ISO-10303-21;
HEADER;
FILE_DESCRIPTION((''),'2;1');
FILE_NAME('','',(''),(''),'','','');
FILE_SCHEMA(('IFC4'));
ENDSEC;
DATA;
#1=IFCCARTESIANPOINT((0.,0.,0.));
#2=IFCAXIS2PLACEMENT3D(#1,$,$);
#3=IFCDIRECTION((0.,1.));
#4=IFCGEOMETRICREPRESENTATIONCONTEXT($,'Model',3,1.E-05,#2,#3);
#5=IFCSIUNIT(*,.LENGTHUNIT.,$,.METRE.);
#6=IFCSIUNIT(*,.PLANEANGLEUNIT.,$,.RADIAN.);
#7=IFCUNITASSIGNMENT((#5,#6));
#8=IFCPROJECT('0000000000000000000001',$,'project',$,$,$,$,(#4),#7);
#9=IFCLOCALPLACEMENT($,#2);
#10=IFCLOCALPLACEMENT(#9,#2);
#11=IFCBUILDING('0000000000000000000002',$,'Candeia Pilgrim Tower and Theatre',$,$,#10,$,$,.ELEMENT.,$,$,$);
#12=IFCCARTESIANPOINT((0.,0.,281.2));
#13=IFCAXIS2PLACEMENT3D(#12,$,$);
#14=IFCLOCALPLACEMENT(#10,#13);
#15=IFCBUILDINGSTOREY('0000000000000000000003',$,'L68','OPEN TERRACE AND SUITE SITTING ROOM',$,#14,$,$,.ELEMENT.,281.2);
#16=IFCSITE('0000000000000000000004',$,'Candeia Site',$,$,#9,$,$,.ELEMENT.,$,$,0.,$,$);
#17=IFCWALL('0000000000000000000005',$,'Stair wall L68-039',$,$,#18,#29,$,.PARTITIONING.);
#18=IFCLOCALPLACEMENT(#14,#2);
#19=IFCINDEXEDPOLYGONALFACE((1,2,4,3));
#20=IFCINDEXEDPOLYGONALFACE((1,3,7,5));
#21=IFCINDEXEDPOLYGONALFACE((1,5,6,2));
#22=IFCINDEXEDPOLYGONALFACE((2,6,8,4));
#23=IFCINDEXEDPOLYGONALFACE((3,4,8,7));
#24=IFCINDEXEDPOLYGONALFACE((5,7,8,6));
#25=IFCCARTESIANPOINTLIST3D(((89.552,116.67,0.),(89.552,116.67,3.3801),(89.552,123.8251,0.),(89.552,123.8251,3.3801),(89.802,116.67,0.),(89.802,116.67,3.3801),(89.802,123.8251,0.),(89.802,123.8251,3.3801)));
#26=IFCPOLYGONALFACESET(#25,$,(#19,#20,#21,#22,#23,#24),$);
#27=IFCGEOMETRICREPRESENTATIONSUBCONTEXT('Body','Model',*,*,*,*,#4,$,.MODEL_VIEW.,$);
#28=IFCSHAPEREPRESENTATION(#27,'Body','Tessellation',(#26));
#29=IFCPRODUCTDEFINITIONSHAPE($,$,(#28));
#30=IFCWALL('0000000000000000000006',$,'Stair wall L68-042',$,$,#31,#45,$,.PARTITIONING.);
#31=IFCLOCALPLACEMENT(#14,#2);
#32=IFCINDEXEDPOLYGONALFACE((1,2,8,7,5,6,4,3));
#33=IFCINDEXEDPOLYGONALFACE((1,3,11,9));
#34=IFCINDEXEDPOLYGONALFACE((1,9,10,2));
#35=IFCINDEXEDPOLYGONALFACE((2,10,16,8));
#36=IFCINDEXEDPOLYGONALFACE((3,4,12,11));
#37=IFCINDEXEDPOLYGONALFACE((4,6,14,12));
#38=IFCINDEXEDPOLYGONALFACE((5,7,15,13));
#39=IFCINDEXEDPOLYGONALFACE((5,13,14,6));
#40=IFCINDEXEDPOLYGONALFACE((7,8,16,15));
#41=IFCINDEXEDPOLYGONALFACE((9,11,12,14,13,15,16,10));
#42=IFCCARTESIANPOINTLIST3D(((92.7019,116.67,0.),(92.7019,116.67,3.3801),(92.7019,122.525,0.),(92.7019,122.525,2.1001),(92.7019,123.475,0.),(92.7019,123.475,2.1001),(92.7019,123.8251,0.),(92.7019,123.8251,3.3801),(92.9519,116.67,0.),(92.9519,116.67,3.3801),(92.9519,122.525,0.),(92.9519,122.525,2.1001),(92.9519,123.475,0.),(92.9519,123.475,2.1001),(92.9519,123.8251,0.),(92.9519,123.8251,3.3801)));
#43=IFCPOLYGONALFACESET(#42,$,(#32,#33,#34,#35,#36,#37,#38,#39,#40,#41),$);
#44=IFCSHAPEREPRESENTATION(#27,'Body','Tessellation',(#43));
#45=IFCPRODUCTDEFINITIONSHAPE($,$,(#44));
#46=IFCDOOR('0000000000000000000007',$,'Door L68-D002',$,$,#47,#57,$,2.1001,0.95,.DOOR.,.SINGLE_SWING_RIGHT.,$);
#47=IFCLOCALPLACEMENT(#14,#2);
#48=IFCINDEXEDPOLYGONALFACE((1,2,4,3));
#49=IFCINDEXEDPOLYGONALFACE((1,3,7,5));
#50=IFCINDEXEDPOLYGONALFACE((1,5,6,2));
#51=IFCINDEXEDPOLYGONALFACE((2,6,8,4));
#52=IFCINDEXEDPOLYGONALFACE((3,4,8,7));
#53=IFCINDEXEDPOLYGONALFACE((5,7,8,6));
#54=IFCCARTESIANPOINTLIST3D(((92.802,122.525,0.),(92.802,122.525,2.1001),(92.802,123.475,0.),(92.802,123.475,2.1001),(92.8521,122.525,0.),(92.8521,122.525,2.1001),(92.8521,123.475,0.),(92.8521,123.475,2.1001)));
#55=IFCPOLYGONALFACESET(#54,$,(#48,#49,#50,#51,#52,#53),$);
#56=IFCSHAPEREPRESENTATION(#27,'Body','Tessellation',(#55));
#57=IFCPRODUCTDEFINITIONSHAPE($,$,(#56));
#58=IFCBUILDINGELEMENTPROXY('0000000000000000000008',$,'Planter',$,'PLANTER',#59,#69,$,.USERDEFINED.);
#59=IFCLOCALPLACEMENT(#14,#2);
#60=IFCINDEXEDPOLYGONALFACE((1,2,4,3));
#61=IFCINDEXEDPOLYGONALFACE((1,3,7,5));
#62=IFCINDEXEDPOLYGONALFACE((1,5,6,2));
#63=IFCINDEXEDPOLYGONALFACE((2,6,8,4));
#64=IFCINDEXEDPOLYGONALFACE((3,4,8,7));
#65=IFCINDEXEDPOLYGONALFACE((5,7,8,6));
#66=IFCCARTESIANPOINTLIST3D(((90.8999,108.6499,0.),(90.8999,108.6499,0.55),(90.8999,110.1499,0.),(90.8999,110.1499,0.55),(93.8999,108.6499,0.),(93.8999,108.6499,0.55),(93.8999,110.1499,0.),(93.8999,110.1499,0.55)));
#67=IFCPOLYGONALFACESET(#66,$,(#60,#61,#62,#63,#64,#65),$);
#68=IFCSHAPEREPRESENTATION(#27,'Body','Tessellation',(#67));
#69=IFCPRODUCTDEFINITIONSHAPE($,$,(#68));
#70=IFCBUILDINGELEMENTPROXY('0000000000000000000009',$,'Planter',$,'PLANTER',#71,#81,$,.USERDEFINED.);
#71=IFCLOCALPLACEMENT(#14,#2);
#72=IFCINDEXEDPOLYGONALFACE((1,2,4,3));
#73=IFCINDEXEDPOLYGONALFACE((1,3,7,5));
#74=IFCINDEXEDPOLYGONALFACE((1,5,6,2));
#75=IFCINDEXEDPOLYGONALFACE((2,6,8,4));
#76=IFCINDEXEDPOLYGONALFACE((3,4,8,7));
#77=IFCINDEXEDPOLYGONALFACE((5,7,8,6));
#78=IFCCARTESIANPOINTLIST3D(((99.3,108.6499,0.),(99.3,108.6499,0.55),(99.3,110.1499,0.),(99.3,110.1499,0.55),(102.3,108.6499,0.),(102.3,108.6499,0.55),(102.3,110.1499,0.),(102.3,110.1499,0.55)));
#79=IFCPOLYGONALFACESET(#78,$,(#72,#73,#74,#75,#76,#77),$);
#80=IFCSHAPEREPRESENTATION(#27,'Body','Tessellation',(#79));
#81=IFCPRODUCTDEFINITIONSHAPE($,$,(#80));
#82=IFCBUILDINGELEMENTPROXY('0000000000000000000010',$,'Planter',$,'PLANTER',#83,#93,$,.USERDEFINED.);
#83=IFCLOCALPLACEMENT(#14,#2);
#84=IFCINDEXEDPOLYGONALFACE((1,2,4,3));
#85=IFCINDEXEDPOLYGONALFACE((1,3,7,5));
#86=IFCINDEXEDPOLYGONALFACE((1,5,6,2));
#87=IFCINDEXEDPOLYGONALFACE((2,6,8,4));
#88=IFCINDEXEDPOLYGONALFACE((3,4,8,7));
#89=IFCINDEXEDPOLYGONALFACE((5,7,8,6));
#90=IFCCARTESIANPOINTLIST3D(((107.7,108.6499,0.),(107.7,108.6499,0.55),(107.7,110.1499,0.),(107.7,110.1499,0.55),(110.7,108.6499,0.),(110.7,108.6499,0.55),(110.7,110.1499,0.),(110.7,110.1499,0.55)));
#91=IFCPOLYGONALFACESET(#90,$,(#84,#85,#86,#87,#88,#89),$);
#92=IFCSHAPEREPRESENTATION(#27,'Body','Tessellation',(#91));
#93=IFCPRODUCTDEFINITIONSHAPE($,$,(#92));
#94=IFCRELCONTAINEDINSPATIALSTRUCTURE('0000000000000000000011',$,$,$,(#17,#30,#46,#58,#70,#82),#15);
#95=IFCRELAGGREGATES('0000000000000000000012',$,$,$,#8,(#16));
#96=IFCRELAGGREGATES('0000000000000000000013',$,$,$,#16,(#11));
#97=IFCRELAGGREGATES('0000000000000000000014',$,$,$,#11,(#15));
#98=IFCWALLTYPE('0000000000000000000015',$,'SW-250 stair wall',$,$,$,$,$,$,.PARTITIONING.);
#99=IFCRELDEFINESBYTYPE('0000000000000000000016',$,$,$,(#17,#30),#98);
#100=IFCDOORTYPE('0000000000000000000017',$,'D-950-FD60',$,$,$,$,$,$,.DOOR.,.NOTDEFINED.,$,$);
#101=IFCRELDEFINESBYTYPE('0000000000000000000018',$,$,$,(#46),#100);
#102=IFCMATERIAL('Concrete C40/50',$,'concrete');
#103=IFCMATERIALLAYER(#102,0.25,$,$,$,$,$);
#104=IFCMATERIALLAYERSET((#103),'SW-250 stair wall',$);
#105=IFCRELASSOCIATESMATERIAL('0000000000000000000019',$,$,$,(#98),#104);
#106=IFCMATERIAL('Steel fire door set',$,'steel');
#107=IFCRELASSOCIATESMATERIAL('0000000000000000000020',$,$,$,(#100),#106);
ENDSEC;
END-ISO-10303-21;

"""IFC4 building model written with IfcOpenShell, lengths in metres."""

from ifc_helpers import new_model, si_unit, direction, frame, frame_2d, origin, origin_2d, place, context, subcontext, project, spatial, rectangle, extrude, material, layer, layer_set, type_object, element, fill, save


model = new_model("IFC4")

# Units and contexts
model_context = context("Model", 3, precision=1e-05, world=origin(), true_north=direction((0.0, 1.0)))
body_context = subcontext(model_context, "Body", "Model", "MODEL_VIEW")
ifc_project = project(units=[si_unit("LENGTHUNIT", "METRE"), si_unit("PLANEANGLEUNIT", "RADIAN")], contexts=[model_context])

# Site, building, storey
site_placement = place(None, origin())
site = spatial("IfcSite", under=ifc_project, at=site_placement, Name="Candeia Site", CompositionType="ELEMENT", RefElevation=0.0)
building_placement = place(site_placement, origin())
building = spatial("IfcBuilding", under=site, at=building_placement, Name="Candeia Pilgrim Tower and Theatre", CompositionType="ELEMENT")
storey_placement = place(building_placement, frame((0.0, 0.0, 281.2)))
storey = spatial("IfcBuildingStorey", under=building, at=storey_placement, Name="L68", Description="OPEN TERRACE AND SUITE SITTING ROOM", CompositionType="ELEMENT", Elevation=281.2)

# Shared definitions
ifc_material_1 = material(Name="Concrete C40/50", Category="concrete")

# Wall
ifc_layer_1 = layer(ifc_material_1, 0.25)
ifc_layer_set_1 = layer_set([ifc_layer_1], Name="SW-250 stair wall")
wall_type_1 = type_object("IfcWallType", Name="SW-250 stair wall", PredefinedType="PARTITIONING", material=ifc_layer_set_1)
wall_1_placement = place(storey_placement, frame((89.677, 116.6699, 0.0), z_axis=(0.0, 0.0, 1.0), x_axis=(0.0, 1.0, 0.0)))
element("IfcWall", 1, at=wall_1_placement, inside=storey, type_object=wall_type_1, Name="Stair wall L68-039", PredefinedType="PARTITIONING", context=body_context, shape_type="SweptSolid", body=[
    extrude(rectangle(XDim=7.155, YDim=0.25, at=frame_2d((3.5776, 0.0))), origin(), (0.0, 0.0, 1.0), 3.3801),
])

# Wall, opening, door
wall_2_placement = place(storey_placement, frame((92.8269, 116.6699, 0.0), z_axis=(0.0, 0.0, 1.0), x_axis=(0.0, 1.0, 0.0)))
wall_2 = element("IfcWall", 2, at=wall_2_placement, inside=storey, type_object=wall_type_1, Name="Stair wall L68-042", PredefinedType="PARTITIONING", context=body_context, shape_type="SweptSolid", body=[
    extrude(rectangle(XDim=7.155, YDim=0.25, at=frame_2d((3.5776, 0.0))), origin(), (0.0, 0.0, 1.0), 3.3801),
])
opening_placement = place(wall_2_placement, frame((5.855, 0.0, 0.0)))
opening = element("IfcOpeningElement", 3, at=opening_placement, cuts=wall_2, PredefinedType="OPENING", context=body_context, shape_type="SweptSolid", body=[
    extrude(rectangle(XDim=0.95, YDim=2.1001, at=frame_2d((0.4751, 1.05))), frame((0.0, 0.135, 0.0), z_axis=(0.0, -1.0, 0.0), x_axis=(1.0, 0.0, 0.0)), (0.0, 0.0, 1.0), 0.27),
])
ifc_material_2 = material(Name="Steel fire door set", Category="steel")
door_type = type_object("IfcDoorType", Name="D-950-FD60", OperationType="NOTDEFINED", PredefinedType="DOOR", material=ifc_material_2)
door_placement = place(opening_placement, origin())
door = element("IfcDoor", 4, at=door_placement, inside=storey, type_object=door_type, Name="Door L68-D002", OperationType="SINGLE_SWING_RIGHT", OverallHeight=2.1001, OverallWidth=0.95, PredefinedType="DOOR", context=body_context, shape_type="SweptSolid", body=[
    extrude(rectangle(XDim=0.95, YDim=2.1001, at=frame_2d((0.4751, 1.05))), frame((0.0, 0.0249, 0.0), z_axis=(0.0, -1.0, 0.0), x_axis=(1.0, 0.0, 0.0)), (0.0, 0.0, 1.0), 0.05),
])
fill(opening, door)

# Building element proxies
for number, where, z_axis, x_axis, name in (
    (5, (92.3999, 109.3999, 0.0), (0.0, 0.0, 1.0), (1.0, 0.0, 0.0), "Planter"),
    (6, (100.8, 109.3999, 0.0), (0.0, 0.0, 1.0), (1.0, 0.0, 0.0), "Planter"),
    (7, (109.2, 109.3999, 0.0), (0.0, 0.0, 1.0), (1.0, 0.0, 0.0), "Planter"),
):
    element("IfcBuildingElementProxy", number, at=place(storey_placement, frame(where, z_axis=z_axis, x_axis=x_axis)), inside=storey, Name=name, ObjectType="PLANTER", PredefinedType="USERDEFINED", context=body_context, shape_type="SweptSolid", body=[
        extrude(rectangle(XDim=3.0, YDim=1.5, at=origin_2d()), origin(), (0.0, 0.0, 1.0), 0.55),
    ])

save(model, "model.ifc")
